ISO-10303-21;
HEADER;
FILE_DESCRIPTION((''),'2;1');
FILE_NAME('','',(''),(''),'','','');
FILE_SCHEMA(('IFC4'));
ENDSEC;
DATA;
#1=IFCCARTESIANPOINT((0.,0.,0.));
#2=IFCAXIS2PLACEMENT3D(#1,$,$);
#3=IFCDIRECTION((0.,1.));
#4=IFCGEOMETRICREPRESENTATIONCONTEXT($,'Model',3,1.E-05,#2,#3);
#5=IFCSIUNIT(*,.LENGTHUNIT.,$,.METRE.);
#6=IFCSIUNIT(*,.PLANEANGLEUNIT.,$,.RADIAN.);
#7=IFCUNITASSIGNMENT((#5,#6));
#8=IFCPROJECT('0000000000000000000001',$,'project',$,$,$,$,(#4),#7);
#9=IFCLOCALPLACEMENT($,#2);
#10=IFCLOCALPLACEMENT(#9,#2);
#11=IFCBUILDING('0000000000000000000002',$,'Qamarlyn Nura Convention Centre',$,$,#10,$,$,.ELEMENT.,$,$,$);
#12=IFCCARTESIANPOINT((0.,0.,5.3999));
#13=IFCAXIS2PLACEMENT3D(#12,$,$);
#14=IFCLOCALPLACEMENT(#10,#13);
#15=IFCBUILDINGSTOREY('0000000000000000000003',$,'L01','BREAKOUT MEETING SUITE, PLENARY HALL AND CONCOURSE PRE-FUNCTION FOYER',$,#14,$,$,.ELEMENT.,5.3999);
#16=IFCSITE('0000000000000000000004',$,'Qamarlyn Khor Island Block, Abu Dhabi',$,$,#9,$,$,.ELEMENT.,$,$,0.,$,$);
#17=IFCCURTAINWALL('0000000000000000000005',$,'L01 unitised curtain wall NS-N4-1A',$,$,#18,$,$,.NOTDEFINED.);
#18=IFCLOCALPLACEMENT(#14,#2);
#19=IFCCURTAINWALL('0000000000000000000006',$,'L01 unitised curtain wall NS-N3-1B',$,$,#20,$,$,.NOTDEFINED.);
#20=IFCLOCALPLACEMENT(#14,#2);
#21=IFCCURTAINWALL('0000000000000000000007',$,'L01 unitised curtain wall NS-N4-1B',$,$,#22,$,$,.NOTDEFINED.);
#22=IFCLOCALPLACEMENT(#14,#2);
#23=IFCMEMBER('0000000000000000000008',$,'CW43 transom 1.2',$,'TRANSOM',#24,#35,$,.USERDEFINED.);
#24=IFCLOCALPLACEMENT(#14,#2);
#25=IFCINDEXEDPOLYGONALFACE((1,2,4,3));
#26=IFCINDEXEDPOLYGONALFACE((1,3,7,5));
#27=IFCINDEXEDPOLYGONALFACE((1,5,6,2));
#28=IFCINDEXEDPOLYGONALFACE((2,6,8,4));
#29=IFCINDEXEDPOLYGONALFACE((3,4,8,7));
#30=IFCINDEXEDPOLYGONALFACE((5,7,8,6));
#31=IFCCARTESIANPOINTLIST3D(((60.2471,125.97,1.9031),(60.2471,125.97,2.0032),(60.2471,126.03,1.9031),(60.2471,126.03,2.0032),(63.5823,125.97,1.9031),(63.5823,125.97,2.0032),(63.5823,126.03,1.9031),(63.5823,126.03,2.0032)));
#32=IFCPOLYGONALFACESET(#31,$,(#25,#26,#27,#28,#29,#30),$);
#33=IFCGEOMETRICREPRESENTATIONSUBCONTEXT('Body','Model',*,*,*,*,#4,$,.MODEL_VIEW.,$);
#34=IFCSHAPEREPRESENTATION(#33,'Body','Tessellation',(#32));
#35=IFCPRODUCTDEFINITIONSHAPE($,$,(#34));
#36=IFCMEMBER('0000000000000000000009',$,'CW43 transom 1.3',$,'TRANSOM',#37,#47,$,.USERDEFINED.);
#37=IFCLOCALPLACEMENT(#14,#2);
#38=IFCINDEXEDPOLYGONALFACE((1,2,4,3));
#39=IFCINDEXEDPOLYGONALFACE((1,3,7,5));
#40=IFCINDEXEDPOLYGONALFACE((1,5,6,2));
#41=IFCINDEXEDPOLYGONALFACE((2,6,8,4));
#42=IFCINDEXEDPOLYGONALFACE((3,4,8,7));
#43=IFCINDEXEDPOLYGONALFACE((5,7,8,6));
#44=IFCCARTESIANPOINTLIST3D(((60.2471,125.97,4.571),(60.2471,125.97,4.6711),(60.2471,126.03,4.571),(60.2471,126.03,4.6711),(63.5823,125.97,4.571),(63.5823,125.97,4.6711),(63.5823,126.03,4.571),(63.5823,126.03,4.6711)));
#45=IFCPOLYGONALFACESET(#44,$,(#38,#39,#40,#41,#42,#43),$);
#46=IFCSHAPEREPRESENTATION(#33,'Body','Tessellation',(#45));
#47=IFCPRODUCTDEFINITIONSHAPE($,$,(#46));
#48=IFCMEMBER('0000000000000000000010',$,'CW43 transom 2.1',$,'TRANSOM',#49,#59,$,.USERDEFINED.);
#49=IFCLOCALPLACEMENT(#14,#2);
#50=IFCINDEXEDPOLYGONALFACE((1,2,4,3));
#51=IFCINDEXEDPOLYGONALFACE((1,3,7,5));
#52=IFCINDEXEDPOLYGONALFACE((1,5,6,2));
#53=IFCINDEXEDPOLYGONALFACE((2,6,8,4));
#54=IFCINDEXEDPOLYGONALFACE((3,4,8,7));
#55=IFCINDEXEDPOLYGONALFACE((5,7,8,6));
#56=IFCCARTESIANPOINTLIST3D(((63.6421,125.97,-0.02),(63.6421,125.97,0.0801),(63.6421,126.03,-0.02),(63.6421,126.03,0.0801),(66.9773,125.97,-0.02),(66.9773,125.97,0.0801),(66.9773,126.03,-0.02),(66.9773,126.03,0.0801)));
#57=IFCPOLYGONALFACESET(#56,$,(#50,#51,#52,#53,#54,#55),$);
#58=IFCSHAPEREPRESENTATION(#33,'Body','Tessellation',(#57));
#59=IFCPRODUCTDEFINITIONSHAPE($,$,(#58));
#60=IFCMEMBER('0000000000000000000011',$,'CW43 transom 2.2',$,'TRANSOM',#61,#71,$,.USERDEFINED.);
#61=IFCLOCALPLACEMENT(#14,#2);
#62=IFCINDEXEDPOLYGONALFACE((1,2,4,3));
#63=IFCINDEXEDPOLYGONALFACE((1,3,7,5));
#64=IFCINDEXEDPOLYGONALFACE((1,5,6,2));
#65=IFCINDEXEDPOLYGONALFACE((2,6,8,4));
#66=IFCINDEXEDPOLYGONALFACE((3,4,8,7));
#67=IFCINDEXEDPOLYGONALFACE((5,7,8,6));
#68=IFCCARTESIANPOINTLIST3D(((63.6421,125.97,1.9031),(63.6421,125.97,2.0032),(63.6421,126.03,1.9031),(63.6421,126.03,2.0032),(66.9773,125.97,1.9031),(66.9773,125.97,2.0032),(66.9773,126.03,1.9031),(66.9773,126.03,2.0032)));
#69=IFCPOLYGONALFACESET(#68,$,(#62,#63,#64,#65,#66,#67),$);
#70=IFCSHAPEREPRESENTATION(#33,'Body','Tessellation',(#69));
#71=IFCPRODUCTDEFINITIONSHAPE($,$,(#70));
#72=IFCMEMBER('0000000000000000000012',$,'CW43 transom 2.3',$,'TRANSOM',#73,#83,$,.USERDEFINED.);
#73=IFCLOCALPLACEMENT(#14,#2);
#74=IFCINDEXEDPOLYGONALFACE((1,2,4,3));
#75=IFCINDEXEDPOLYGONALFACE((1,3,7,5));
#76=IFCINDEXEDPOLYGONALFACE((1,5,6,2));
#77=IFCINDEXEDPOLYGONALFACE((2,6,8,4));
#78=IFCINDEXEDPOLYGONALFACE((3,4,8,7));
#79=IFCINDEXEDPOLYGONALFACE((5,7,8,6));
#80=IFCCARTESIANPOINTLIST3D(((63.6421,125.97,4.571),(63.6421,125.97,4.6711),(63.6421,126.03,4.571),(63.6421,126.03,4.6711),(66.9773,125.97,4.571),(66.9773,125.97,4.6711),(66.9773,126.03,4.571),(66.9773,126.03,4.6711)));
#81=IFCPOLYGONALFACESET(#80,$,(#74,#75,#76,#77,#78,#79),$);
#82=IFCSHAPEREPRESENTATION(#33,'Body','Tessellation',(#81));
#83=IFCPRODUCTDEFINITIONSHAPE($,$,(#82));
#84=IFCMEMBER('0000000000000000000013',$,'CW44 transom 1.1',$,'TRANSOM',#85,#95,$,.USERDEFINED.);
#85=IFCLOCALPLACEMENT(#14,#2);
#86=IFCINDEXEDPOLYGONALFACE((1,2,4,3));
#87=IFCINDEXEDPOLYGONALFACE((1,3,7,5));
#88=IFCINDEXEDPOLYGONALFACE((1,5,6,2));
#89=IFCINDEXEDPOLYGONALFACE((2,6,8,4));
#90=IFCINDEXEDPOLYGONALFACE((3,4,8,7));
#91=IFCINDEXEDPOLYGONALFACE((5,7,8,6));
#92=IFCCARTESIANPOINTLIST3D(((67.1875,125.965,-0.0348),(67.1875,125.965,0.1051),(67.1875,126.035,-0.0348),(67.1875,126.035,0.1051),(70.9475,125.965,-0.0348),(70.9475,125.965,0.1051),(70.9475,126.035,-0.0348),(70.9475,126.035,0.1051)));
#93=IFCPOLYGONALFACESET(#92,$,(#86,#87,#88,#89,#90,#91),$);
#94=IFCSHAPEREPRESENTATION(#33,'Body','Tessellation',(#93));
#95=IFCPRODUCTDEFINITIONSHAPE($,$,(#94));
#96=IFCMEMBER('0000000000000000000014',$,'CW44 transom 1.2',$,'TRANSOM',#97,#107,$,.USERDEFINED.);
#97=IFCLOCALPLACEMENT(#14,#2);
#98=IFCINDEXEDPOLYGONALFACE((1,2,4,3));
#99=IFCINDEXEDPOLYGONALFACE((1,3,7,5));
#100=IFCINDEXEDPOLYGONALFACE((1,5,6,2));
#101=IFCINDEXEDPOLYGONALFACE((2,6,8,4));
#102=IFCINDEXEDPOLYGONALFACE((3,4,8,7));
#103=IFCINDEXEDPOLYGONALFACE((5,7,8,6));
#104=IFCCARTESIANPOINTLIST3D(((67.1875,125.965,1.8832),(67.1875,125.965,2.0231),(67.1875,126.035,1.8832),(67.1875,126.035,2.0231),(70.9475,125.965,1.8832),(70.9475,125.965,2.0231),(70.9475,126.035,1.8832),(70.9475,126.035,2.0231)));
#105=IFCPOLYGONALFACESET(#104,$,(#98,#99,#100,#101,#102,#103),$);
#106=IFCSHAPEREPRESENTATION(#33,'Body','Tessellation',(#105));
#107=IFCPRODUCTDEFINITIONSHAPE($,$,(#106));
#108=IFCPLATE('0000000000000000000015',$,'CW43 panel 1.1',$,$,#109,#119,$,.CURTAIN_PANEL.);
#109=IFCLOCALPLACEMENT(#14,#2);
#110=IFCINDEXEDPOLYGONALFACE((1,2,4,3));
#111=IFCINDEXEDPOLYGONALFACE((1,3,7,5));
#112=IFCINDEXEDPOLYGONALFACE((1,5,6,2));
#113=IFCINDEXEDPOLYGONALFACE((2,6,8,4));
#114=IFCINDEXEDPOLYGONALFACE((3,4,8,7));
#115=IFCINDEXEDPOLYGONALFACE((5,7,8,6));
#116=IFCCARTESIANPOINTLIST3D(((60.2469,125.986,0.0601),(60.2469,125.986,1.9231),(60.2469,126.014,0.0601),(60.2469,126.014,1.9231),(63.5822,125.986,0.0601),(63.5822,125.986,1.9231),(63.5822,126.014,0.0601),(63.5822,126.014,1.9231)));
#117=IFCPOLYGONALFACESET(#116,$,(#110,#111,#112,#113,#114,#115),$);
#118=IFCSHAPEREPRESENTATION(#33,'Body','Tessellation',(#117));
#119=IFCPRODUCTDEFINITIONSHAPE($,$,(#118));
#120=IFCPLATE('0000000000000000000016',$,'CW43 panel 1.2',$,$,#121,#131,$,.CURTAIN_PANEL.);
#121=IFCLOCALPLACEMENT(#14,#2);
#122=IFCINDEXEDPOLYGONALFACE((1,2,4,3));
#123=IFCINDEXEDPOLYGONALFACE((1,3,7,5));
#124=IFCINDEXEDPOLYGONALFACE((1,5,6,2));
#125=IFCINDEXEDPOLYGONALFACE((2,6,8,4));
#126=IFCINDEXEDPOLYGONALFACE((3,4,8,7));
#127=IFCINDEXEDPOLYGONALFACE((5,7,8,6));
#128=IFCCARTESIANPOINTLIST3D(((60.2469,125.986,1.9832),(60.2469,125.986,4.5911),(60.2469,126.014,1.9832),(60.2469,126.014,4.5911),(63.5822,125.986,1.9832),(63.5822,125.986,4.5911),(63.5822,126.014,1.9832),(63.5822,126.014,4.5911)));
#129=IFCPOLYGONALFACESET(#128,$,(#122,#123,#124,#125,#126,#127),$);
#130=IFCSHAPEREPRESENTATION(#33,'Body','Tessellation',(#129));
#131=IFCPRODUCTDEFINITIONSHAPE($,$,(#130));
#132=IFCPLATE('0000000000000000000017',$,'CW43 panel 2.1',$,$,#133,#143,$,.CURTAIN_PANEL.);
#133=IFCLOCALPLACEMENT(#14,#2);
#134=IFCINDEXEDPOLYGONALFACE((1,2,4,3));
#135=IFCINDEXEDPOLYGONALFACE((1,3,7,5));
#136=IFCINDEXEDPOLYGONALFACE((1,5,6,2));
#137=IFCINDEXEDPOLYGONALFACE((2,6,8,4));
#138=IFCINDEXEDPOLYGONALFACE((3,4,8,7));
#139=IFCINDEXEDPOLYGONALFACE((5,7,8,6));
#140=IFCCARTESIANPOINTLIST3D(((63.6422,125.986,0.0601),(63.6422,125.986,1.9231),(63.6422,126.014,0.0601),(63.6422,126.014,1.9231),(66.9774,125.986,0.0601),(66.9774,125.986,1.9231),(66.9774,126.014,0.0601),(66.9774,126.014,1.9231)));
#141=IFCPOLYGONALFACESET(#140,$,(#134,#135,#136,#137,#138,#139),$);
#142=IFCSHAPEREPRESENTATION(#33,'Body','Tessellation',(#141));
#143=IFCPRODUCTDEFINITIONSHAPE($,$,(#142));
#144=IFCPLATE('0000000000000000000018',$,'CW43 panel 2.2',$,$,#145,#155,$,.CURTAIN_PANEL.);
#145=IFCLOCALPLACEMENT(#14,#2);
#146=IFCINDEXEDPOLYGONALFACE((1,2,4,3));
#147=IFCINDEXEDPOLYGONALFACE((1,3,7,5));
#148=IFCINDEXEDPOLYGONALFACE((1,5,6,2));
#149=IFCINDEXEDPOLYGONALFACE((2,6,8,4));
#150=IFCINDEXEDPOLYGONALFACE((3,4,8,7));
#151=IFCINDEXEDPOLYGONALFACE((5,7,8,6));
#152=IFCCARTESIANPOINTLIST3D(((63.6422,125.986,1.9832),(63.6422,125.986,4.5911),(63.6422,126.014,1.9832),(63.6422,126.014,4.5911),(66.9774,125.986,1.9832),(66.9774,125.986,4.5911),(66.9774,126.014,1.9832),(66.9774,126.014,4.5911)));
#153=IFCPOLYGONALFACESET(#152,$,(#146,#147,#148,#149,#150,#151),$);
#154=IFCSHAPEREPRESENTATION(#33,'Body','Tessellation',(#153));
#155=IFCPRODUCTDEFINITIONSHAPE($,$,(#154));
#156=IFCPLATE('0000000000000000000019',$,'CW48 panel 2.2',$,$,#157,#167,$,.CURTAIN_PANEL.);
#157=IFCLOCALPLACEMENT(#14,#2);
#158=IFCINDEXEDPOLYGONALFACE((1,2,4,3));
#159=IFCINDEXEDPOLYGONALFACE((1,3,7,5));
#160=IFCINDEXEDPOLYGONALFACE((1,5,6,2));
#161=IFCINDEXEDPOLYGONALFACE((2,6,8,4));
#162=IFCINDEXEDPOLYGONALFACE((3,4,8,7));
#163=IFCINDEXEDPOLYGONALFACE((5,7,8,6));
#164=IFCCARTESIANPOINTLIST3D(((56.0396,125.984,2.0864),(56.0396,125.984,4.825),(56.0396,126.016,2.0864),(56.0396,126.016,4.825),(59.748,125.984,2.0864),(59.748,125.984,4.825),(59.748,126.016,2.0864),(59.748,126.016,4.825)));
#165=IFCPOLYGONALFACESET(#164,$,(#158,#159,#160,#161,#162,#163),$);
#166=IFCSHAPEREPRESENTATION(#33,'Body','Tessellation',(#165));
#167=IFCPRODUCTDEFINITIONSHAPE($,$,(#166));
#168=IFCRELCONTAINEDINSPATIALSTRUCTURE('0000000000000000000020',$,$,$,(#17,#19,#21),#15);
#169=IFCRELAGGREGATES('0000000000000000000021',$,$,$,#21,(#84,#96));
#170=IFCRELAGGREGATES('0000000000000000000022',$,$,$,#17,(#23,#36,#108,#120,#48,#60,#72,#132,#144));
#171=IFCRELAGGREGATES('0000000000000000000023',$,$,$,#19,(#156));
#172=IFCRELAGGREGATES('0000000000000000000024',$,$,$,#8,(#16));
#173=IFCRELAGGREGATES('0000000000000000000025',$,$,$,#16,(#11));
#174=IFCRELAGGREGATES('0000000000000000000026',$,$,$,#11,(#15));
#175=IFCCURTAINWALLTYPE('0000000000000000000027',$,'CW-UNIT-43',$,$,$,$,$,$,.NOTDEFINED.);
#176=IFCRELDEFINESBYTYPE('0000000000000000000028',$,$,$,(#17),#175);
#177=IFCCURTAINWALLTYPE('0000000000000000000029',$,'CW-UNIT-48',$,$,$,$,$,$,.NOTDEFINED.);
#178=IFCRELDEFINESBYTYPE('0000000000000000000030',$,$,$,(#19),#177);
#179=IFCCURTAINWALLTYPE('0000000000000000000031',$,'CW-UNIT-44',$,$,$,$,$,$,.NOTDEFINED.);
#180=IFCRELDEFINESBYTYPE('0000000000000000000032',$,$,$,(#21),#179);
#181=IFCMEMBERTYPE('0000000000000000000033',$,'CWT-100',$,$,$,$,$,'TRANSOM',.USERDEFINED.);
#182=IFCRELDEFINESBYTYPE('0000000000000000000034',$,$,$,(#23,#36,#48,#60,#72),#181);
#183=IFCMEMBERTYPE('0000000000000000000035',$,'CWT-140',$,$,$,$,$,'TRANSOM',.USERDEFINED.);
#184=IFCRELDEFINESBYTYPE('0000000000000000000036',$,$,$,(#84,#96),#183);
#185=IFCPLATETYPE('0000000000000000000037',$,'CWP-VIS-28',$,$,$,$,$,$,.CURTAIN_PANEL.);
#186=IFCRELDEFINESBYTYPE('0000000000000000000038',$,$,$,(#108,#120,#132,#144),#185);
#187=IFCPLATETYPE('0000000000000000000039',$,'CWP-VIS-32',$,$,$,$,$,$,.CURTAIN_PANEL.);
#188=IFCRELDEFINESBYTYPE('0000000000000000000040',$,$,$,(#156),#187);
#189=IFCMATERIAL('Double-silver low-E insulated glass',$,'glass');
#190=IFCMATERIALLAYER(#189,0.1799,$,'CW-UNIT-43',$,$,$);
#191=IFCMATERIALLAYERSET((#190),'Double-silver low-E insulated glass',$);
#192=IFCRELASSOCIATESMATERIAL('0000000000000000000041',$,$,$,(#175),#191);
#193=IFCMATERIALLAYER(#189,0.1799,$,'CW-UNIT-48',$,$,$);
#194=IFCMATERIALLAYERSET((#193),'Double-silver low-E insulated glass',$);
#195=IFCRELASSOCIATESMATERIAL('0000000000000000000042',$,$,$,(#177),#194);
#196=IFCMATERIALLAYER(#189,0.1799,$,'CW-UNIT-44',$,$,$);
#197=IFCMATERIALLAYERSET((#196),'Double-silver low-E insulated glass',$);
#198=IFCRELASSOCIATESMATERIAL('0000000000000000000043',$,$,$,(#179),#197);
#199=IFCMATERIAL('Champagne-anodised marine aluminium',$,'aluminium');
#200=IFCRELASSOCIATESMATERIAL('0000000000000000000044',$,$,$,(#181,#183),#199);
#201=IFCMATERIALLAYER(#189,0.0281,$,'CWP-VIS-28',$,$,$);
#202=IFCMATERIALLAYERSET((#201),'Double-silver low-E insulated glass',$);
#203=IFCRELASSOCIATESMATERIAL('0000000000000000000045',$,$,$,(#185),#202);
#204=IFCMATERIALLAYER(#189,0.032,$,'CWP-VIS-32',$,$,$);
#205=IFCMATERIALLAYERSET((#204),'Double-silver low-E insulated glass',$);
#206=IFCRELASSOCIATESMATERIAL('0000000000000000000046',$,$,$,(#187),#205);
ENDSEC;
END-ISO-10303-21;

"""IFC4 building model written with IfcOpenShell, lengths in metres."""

from ifc_helpers import new_model, si_unit, direction, frame, origin, origin_2d, place, context, subcontext, project, spatial, rectangle, extrude, material, layer, layer_set, material_profile, profile_set, type_object, element, aggregate, save


model = new_model("IFC4")

# Units and contexts
model_context = context("Model", 3, precision=1e-05, world=origin(), true_north=direction((0.0, 1.0)))
body_context = subcontext(model_context, "Body", "Model", "MODEL_VIEW")
ifc_project = project(units=[si_unit("LENGTHUNIT", "METRE"), si_unit("PLANEANGLEUNIT", "RADIAN")], contexts=[model_context])

# Site, building, storey
site_placement = place(None, origin())
site = spatial("IfcSite", under=ifc_project, at=site_placement, Name="Qamarlyn Khor Island Block, Abu Dhabi", CompositionType="ELEMENT", RefElevation=0.0)
building_placement = place(site_placement, origin())
building = spatial("IfcBuilding", under=site, at=building_placement, Name="Qamarlyn Nura Convention Centre", CompositionType="ELEMENT")
storey_placement = place(building_placement, frame((0.0, 0.0, 5.3999)))
storey = spatial("IfcBuildingStorey", under=building, at=storey_placement, Name="L01", Description="BREAKOUT MEETING SUITE, PLENARY HALL AND CONCOURSE PRE-FUNCTION FOYER", CompositionType="ELEMENT", Elevation=5.3999)

# Curtain wall
ifc_material_1 = material(Name="Double-silver low-E insulated glass", Category="glass")
ifc_layer_1 = layer(ifc_material_1, 0.1799, Name="CW-UNIT-43")
ifc_layer_set_1 = layer_set([ifc_layer_1], Name="Double-silver low-E insulated glass")
curtain_wall_type_1 = type_object("IfcCurtainWallType", Name="CW-UNIT-43", PredefinedType="NOTDEFINED", material=ifc_layer_set_1)
curtain_wall_1_placement = place(storey_placement, origin())
curtain_wall_1 = element("IfcCurtainWall", 1, at=curtain_wall_1_placement, inside=storey, type_object=curtain_wall_type_1, Name="L01 unitised curtain wall NS-N4-1A", PredefinedType="NOTDEFINED")
ifc_material_2 = material(Name="Champagne-anodised marine aluminium", Category="aluminium")

# Curtain walls
ifc_layer_2 = layer(ifc_material_1, 0.1799, Name="CW-UNIT-48")
ifc_layer_set_2 = layer_set([ifc_layer_2], Name="Double-silver low-E insulated glass")
curtain_wall_type_2 = type_object("IfcCurtainWallType", Name="CW-UNIT-48", PredefinedType="NOTDEFINED", material=ifc_layer_set_2)
curtain_wall_2_placement = place(storey_placement, origin())
curtain_wall_2 = element("IfcCurtainWall", 2, at=curtain_wall_2_placement, inside=storey, type_object=curtain_wall_type_2, Name="L01 unitised curtain wall NS-N3-1B", PredefinedType="NOTDEFINED")
ifc_layer_3 = layer(ifc_material_1, 0.1799, Name="CW-UNIT-44")
ifc_layer_set_3 = layer_set([ifc_layer_3], Name="Double-silver low-E insulated glass")
curtain_wall_type_3 = type_object("IfcCurtainWallType", Name="CW-UNIT-44", PredefinedType="NOTDEFINED", material=ifc_layer_set_3)
curtain_wall_3_placement = place(storey_placement, origin())
curtain_wall_3 = element("IfcCurtainWall", 3, at=curtain_wall_3_placement, inside=storey, type_object=curtain_wall_type_3, Name="L01 unitised curtain wall NS-N4-1B", PredefinedType="NOTDEFINED")

# Members
ifc_material_profile_1 = material_profile(ifc_material_2, rectangle(XDim=0.0601, YDim=0.1001, at=origin_2d()), Name="ALU TRANSOM 60x100")
ifc_profile_set_1 = profile_set([ifc_material_profile_1], Name="Champagne-anodised marine aluminium")
member_type_1 = type_object("IfcMemberType", Name="CWT-100", ElementType="TRANSOM", PredefinedType="USERDEFINED", material=ifc_profile_set_1)
member_1_placement = place(storey_placement, frame((60.2471, 126.0, 1.9531), z_axis=(1.0, 0.0, 0.0), x_axis=(0.0, 1.0, 0.0)))
member_1 = element("IfcMember", 4, at=member_1_placement, type_object=member_type_1, Name="CW43 transom 1.2", ObjectType="TRANSOM", PredefinedType="USERDEFINED", context=body_context, shape_type="SweptSolid", body=[
    extrude(rectangle(XDim=0.0601, YDim=0.1001, at=origin_2d()), origin(), (0.0, 0.0, 1.0), 3.3352),
])
member_2_placement = place(storey_placement, frame((60.2471, 126.0, 4.6211), z_axis=(1.0, 0.0, 0.0), x_axis=(0.0, 1.0, 0.0)))
member_2 = element("IfcMember", 5, at=member_2_placement, type_object=member_type_1, Name="CW43 transom 1.3", ObjectType="TRANSOM", PredefinedType="USERDEFINED", context=body_context, shape_type="SweptSolid", body=[
    extrude(rectangle(XDim=0.0601, YDim=0.1001, at=origin_2d()), origin(), (0.0, 0.0, 1.0), 3.3352),
])
member_3_placement = place(storey_placement, frame((63.6421, 126.0, 0.03), z_axis=(1.0, 0.0, 0.0), x_axis=(0.0, 1.0, 0.0)))
member_3 = element("IfcMember", 6, at=member_3_placement, type_object=member_type_1, Name="CW43 transom 2.1", ObjectType="TRANSOM", PredefinedType="USERDEFINED", context=body_context, shape_type="SweptSolid", body=[
    extrude(rectangle(XDim=0.0601, YDim=0.1001, at=origin_2d()), origin(), (0.0, 0.0, 1.0), 3.3352),
])
member_4_placement = place(storey_placement, frame((63.6421, 126.0, 1.9531), z_axis=(1.0, 0.0, 0.0), x_axis=(0.0, 1.0, 0.0)))
member_4 = element("IfcMember", 7, at=member_4_placement, type_object=member_type_1, Name="CW43 transom 2.2", ObjectType="TRANSOM", PredefinedType="USERDEFINED", context=body_context, shape_type="SweptSolid", body=[
    extrude(rectangle(XDim=0.0601, YDim=0.1001, at=origin_2d()), origin(), (0.0, 0.0, 1.0), 3.3352),
])
member_5_placement = place(storey_placement, frame((63.6421, 126.0, 4.6211), z_axis=(1.0, 0.0, 0.0), x_axis=(0.0, 1.0, 0.0)))
member_5 = element("IfcMember", 8, at=member_5_placement, type_object=member_type_1, Name="CW43 transom 2.3", ObjectType="TRANSOM", PredefinedType="USERDEFINED", context=body_context, shape_type="SweptSolid", body=[
    extrude(rectangle(XDim=0.0601, YDim=0.1001, at=origin_2d()), origin(), (0.0, 0.0, 1.0), 3.3352),
])
ifc_material_profile_2 = material_profile(ifc_material_2, rectangle(XDim=0.0701, YDim=0.1399, at=origin_2d()), Name="ALU TRANSOM 70x140")
ifc_profile_set_2 = profile_set([ifc_material_profile_2], Name="Champagne-anodised marine aluminium")
member_type_2 = type_object("IfcMemberType", Name="CWT-140", ElementType="TRANSOM", PredefinedType="USERDEFINED", material=ifc_profile_set_2)
member_6_placement = place(storey_placement, frame((67.1875, 126.0, 0.0352), z_axis=(1.0, 0.0, 0.0), x_axis=(0.0, 1.0, 0.0)))
member_6 = element("IfcMember", 9, at=member_6_placement, type_object=member_type_2, Name="CW44 transom 1.1", ObjectType="TRANSOM", PredefinedType="USERDEFINED", context=body_context, shape_type="SweptSolid", body=[
    extrude(rectangle(XDim=0.0701, YDim=0.1399, at=origin_2d()), origin(), (0.0, 0.0, 1.0), 3.76),
])
member_7_placement = place(storey_placement, frame((67.1875, 126.0, 1.9531), z_axis=(1.0, 0.0, 0.0), x_axis=(0.0, 1.0, 0.0)))
member_7 = element("IfcMember", 10, at=member_7_placement, type_object=member_type_2, Name="CW44 transom 1.2", ObjectType="TRANSOM", PredefinedType="USERDEFINED", context=body_context, shape_type="SweptSolid", body=[
    extrude(rectangle(XDim=0.0701, YDim=0.1399, at=origin_2d()), origin(), (0.0, 0.0, 1.0), 3.76),
])
aggregate(curtain_wall_3, [member_6, member_7])

# Plates
ifc_layer_4 = layer(ifc_material_1, 0.0281, Name="CWP-VIS-28")
ifc_layer_set_4 = layer_set([ifc_layer_4], Name="Double-silver low-E insulated glass")
plate_type_1 = type_object("IfcPlateType", Name="CWP-VIS-28", PredefinedType="CURTAIN_PANEL", material=ifc_layer_set_4)
plate_1_placement = place(storey_placement, frame((61.9146, 126.0, 0.0601), z_axis=(0.0, 0.0, 1.0), x_axis=(1.0, 0.0, 0.0)))
plate_1 = element("IfcPlate", 11, at=plate_1_placement, type_object=plate_type_1, Name="CW43 panel 1.1", PredefinedType="CURTAIN_PANEL", context=body_context, shape_type="SweptSolid", body=[
    extrude(rectangle(XDim=3.3352, YDim=0.0281, at=origin_2d()), origin(), (0.0, 0.0, 1.0), 1.863),
])
plate_2_placement = place(storey_placement, frame((61.9146, 126.0, 1.9832), z_axis=(0.0, 0.0, 1.0), x_axis=(1.0, 0.0, 0.0)))
plate_2 = element("IfcPlate", 12, at=plate_2_placement, type_object=plate_type_1, Name="CW43 panel 1.2", PredefinedType="CURTAIN_PANEL", context=body_context, shape_type="SweptSolid", body=[
    extrude(rectangle(XDim=3.3352, YDim=0.0281, at=origin_2d()), origin(), (0.0, 0.0, 1.0), 2.6079),
])
plate_3_placement = place(storey_placement, frame((65.3098, 126.0, 0.0601), z_axis=(0.0, 0.0, 1.0), x_axis=(1.0, 0.0, 0.0)))
plate_3 = element("IfcPlate", 13, at=plate_3_placement, type_object=plate_type_1, Name="CW43 panel 2.1", PredefinedType="CURTAIN_PANEL", context=body_context, shape_type="SweptSolid", body=[
    extrude(rectangle(XDim=3.3352, YDim=0.0281, at=origin_2d()), origin(), (0.0, 0.0, 1.0), 1.863),
])
plate_4_placement = place(storey_placement, frame((65.3098, 126.0, 1.9832), z_axis=(0.0, 0.0, 1.0), x_axis=(1.0, 0.0, 0.0)))
plate_4 = element("IfcPlate", 14, at=plate_4_placement, type_object=plate_type_1, Name="CW43 panel 2.2", PredefinedType="CURTAIN_PANEL", context=body_context, shape_type="SweptSolid", body=[
    extrude(rectangle(XDim=3.3352, YDim=0.0281, at=origin_2d()), origin(), (0.0, 0.0, 1.0), 2.6079),
])
aggregate(curtain_wall_1, [member_1, member_2, plate_1, plate_2, member_3, member_4, member_5, plate_3, plate_4])
ifc_layer_5 = layer(ifc_material_1, 0.032, Name="CWP-VIS-32")
ifc_layer_set_5 = layer_set([ifc_layer_5], Name="Double-silver low-E insulated glass")
plate_type_2 = type_object("IfcPlateType", Name="CWP-VIS-32", PredefinedType="CURTAIN_PANEL", material=ifc_layer_set_5)
plate_5_placement = place(storey_placement, frame((57.8938, 126.0, 2.0864), z_axis=(0.0, 0.0, 1.0), x_axis=(1.0, 0.0, 0.0)))
plate_5 = element("IfcPlate", 15, at=plate_5_placement, type_object=plate_type_2, Name="CW48 panel 2.2", PredefinedType="CURTAIN_PANEL", context=body_context, shape_type="SweptSolid", body=[
    extrude(rectangle(XDim=3.7085, YDim=0.032, at=origin_2d()), origin(), (0.0, 0.0, 1.0), 2.7385),
])
aggregate(curtain_wall_2, [plate_5])

save(model, "model.ifc")
